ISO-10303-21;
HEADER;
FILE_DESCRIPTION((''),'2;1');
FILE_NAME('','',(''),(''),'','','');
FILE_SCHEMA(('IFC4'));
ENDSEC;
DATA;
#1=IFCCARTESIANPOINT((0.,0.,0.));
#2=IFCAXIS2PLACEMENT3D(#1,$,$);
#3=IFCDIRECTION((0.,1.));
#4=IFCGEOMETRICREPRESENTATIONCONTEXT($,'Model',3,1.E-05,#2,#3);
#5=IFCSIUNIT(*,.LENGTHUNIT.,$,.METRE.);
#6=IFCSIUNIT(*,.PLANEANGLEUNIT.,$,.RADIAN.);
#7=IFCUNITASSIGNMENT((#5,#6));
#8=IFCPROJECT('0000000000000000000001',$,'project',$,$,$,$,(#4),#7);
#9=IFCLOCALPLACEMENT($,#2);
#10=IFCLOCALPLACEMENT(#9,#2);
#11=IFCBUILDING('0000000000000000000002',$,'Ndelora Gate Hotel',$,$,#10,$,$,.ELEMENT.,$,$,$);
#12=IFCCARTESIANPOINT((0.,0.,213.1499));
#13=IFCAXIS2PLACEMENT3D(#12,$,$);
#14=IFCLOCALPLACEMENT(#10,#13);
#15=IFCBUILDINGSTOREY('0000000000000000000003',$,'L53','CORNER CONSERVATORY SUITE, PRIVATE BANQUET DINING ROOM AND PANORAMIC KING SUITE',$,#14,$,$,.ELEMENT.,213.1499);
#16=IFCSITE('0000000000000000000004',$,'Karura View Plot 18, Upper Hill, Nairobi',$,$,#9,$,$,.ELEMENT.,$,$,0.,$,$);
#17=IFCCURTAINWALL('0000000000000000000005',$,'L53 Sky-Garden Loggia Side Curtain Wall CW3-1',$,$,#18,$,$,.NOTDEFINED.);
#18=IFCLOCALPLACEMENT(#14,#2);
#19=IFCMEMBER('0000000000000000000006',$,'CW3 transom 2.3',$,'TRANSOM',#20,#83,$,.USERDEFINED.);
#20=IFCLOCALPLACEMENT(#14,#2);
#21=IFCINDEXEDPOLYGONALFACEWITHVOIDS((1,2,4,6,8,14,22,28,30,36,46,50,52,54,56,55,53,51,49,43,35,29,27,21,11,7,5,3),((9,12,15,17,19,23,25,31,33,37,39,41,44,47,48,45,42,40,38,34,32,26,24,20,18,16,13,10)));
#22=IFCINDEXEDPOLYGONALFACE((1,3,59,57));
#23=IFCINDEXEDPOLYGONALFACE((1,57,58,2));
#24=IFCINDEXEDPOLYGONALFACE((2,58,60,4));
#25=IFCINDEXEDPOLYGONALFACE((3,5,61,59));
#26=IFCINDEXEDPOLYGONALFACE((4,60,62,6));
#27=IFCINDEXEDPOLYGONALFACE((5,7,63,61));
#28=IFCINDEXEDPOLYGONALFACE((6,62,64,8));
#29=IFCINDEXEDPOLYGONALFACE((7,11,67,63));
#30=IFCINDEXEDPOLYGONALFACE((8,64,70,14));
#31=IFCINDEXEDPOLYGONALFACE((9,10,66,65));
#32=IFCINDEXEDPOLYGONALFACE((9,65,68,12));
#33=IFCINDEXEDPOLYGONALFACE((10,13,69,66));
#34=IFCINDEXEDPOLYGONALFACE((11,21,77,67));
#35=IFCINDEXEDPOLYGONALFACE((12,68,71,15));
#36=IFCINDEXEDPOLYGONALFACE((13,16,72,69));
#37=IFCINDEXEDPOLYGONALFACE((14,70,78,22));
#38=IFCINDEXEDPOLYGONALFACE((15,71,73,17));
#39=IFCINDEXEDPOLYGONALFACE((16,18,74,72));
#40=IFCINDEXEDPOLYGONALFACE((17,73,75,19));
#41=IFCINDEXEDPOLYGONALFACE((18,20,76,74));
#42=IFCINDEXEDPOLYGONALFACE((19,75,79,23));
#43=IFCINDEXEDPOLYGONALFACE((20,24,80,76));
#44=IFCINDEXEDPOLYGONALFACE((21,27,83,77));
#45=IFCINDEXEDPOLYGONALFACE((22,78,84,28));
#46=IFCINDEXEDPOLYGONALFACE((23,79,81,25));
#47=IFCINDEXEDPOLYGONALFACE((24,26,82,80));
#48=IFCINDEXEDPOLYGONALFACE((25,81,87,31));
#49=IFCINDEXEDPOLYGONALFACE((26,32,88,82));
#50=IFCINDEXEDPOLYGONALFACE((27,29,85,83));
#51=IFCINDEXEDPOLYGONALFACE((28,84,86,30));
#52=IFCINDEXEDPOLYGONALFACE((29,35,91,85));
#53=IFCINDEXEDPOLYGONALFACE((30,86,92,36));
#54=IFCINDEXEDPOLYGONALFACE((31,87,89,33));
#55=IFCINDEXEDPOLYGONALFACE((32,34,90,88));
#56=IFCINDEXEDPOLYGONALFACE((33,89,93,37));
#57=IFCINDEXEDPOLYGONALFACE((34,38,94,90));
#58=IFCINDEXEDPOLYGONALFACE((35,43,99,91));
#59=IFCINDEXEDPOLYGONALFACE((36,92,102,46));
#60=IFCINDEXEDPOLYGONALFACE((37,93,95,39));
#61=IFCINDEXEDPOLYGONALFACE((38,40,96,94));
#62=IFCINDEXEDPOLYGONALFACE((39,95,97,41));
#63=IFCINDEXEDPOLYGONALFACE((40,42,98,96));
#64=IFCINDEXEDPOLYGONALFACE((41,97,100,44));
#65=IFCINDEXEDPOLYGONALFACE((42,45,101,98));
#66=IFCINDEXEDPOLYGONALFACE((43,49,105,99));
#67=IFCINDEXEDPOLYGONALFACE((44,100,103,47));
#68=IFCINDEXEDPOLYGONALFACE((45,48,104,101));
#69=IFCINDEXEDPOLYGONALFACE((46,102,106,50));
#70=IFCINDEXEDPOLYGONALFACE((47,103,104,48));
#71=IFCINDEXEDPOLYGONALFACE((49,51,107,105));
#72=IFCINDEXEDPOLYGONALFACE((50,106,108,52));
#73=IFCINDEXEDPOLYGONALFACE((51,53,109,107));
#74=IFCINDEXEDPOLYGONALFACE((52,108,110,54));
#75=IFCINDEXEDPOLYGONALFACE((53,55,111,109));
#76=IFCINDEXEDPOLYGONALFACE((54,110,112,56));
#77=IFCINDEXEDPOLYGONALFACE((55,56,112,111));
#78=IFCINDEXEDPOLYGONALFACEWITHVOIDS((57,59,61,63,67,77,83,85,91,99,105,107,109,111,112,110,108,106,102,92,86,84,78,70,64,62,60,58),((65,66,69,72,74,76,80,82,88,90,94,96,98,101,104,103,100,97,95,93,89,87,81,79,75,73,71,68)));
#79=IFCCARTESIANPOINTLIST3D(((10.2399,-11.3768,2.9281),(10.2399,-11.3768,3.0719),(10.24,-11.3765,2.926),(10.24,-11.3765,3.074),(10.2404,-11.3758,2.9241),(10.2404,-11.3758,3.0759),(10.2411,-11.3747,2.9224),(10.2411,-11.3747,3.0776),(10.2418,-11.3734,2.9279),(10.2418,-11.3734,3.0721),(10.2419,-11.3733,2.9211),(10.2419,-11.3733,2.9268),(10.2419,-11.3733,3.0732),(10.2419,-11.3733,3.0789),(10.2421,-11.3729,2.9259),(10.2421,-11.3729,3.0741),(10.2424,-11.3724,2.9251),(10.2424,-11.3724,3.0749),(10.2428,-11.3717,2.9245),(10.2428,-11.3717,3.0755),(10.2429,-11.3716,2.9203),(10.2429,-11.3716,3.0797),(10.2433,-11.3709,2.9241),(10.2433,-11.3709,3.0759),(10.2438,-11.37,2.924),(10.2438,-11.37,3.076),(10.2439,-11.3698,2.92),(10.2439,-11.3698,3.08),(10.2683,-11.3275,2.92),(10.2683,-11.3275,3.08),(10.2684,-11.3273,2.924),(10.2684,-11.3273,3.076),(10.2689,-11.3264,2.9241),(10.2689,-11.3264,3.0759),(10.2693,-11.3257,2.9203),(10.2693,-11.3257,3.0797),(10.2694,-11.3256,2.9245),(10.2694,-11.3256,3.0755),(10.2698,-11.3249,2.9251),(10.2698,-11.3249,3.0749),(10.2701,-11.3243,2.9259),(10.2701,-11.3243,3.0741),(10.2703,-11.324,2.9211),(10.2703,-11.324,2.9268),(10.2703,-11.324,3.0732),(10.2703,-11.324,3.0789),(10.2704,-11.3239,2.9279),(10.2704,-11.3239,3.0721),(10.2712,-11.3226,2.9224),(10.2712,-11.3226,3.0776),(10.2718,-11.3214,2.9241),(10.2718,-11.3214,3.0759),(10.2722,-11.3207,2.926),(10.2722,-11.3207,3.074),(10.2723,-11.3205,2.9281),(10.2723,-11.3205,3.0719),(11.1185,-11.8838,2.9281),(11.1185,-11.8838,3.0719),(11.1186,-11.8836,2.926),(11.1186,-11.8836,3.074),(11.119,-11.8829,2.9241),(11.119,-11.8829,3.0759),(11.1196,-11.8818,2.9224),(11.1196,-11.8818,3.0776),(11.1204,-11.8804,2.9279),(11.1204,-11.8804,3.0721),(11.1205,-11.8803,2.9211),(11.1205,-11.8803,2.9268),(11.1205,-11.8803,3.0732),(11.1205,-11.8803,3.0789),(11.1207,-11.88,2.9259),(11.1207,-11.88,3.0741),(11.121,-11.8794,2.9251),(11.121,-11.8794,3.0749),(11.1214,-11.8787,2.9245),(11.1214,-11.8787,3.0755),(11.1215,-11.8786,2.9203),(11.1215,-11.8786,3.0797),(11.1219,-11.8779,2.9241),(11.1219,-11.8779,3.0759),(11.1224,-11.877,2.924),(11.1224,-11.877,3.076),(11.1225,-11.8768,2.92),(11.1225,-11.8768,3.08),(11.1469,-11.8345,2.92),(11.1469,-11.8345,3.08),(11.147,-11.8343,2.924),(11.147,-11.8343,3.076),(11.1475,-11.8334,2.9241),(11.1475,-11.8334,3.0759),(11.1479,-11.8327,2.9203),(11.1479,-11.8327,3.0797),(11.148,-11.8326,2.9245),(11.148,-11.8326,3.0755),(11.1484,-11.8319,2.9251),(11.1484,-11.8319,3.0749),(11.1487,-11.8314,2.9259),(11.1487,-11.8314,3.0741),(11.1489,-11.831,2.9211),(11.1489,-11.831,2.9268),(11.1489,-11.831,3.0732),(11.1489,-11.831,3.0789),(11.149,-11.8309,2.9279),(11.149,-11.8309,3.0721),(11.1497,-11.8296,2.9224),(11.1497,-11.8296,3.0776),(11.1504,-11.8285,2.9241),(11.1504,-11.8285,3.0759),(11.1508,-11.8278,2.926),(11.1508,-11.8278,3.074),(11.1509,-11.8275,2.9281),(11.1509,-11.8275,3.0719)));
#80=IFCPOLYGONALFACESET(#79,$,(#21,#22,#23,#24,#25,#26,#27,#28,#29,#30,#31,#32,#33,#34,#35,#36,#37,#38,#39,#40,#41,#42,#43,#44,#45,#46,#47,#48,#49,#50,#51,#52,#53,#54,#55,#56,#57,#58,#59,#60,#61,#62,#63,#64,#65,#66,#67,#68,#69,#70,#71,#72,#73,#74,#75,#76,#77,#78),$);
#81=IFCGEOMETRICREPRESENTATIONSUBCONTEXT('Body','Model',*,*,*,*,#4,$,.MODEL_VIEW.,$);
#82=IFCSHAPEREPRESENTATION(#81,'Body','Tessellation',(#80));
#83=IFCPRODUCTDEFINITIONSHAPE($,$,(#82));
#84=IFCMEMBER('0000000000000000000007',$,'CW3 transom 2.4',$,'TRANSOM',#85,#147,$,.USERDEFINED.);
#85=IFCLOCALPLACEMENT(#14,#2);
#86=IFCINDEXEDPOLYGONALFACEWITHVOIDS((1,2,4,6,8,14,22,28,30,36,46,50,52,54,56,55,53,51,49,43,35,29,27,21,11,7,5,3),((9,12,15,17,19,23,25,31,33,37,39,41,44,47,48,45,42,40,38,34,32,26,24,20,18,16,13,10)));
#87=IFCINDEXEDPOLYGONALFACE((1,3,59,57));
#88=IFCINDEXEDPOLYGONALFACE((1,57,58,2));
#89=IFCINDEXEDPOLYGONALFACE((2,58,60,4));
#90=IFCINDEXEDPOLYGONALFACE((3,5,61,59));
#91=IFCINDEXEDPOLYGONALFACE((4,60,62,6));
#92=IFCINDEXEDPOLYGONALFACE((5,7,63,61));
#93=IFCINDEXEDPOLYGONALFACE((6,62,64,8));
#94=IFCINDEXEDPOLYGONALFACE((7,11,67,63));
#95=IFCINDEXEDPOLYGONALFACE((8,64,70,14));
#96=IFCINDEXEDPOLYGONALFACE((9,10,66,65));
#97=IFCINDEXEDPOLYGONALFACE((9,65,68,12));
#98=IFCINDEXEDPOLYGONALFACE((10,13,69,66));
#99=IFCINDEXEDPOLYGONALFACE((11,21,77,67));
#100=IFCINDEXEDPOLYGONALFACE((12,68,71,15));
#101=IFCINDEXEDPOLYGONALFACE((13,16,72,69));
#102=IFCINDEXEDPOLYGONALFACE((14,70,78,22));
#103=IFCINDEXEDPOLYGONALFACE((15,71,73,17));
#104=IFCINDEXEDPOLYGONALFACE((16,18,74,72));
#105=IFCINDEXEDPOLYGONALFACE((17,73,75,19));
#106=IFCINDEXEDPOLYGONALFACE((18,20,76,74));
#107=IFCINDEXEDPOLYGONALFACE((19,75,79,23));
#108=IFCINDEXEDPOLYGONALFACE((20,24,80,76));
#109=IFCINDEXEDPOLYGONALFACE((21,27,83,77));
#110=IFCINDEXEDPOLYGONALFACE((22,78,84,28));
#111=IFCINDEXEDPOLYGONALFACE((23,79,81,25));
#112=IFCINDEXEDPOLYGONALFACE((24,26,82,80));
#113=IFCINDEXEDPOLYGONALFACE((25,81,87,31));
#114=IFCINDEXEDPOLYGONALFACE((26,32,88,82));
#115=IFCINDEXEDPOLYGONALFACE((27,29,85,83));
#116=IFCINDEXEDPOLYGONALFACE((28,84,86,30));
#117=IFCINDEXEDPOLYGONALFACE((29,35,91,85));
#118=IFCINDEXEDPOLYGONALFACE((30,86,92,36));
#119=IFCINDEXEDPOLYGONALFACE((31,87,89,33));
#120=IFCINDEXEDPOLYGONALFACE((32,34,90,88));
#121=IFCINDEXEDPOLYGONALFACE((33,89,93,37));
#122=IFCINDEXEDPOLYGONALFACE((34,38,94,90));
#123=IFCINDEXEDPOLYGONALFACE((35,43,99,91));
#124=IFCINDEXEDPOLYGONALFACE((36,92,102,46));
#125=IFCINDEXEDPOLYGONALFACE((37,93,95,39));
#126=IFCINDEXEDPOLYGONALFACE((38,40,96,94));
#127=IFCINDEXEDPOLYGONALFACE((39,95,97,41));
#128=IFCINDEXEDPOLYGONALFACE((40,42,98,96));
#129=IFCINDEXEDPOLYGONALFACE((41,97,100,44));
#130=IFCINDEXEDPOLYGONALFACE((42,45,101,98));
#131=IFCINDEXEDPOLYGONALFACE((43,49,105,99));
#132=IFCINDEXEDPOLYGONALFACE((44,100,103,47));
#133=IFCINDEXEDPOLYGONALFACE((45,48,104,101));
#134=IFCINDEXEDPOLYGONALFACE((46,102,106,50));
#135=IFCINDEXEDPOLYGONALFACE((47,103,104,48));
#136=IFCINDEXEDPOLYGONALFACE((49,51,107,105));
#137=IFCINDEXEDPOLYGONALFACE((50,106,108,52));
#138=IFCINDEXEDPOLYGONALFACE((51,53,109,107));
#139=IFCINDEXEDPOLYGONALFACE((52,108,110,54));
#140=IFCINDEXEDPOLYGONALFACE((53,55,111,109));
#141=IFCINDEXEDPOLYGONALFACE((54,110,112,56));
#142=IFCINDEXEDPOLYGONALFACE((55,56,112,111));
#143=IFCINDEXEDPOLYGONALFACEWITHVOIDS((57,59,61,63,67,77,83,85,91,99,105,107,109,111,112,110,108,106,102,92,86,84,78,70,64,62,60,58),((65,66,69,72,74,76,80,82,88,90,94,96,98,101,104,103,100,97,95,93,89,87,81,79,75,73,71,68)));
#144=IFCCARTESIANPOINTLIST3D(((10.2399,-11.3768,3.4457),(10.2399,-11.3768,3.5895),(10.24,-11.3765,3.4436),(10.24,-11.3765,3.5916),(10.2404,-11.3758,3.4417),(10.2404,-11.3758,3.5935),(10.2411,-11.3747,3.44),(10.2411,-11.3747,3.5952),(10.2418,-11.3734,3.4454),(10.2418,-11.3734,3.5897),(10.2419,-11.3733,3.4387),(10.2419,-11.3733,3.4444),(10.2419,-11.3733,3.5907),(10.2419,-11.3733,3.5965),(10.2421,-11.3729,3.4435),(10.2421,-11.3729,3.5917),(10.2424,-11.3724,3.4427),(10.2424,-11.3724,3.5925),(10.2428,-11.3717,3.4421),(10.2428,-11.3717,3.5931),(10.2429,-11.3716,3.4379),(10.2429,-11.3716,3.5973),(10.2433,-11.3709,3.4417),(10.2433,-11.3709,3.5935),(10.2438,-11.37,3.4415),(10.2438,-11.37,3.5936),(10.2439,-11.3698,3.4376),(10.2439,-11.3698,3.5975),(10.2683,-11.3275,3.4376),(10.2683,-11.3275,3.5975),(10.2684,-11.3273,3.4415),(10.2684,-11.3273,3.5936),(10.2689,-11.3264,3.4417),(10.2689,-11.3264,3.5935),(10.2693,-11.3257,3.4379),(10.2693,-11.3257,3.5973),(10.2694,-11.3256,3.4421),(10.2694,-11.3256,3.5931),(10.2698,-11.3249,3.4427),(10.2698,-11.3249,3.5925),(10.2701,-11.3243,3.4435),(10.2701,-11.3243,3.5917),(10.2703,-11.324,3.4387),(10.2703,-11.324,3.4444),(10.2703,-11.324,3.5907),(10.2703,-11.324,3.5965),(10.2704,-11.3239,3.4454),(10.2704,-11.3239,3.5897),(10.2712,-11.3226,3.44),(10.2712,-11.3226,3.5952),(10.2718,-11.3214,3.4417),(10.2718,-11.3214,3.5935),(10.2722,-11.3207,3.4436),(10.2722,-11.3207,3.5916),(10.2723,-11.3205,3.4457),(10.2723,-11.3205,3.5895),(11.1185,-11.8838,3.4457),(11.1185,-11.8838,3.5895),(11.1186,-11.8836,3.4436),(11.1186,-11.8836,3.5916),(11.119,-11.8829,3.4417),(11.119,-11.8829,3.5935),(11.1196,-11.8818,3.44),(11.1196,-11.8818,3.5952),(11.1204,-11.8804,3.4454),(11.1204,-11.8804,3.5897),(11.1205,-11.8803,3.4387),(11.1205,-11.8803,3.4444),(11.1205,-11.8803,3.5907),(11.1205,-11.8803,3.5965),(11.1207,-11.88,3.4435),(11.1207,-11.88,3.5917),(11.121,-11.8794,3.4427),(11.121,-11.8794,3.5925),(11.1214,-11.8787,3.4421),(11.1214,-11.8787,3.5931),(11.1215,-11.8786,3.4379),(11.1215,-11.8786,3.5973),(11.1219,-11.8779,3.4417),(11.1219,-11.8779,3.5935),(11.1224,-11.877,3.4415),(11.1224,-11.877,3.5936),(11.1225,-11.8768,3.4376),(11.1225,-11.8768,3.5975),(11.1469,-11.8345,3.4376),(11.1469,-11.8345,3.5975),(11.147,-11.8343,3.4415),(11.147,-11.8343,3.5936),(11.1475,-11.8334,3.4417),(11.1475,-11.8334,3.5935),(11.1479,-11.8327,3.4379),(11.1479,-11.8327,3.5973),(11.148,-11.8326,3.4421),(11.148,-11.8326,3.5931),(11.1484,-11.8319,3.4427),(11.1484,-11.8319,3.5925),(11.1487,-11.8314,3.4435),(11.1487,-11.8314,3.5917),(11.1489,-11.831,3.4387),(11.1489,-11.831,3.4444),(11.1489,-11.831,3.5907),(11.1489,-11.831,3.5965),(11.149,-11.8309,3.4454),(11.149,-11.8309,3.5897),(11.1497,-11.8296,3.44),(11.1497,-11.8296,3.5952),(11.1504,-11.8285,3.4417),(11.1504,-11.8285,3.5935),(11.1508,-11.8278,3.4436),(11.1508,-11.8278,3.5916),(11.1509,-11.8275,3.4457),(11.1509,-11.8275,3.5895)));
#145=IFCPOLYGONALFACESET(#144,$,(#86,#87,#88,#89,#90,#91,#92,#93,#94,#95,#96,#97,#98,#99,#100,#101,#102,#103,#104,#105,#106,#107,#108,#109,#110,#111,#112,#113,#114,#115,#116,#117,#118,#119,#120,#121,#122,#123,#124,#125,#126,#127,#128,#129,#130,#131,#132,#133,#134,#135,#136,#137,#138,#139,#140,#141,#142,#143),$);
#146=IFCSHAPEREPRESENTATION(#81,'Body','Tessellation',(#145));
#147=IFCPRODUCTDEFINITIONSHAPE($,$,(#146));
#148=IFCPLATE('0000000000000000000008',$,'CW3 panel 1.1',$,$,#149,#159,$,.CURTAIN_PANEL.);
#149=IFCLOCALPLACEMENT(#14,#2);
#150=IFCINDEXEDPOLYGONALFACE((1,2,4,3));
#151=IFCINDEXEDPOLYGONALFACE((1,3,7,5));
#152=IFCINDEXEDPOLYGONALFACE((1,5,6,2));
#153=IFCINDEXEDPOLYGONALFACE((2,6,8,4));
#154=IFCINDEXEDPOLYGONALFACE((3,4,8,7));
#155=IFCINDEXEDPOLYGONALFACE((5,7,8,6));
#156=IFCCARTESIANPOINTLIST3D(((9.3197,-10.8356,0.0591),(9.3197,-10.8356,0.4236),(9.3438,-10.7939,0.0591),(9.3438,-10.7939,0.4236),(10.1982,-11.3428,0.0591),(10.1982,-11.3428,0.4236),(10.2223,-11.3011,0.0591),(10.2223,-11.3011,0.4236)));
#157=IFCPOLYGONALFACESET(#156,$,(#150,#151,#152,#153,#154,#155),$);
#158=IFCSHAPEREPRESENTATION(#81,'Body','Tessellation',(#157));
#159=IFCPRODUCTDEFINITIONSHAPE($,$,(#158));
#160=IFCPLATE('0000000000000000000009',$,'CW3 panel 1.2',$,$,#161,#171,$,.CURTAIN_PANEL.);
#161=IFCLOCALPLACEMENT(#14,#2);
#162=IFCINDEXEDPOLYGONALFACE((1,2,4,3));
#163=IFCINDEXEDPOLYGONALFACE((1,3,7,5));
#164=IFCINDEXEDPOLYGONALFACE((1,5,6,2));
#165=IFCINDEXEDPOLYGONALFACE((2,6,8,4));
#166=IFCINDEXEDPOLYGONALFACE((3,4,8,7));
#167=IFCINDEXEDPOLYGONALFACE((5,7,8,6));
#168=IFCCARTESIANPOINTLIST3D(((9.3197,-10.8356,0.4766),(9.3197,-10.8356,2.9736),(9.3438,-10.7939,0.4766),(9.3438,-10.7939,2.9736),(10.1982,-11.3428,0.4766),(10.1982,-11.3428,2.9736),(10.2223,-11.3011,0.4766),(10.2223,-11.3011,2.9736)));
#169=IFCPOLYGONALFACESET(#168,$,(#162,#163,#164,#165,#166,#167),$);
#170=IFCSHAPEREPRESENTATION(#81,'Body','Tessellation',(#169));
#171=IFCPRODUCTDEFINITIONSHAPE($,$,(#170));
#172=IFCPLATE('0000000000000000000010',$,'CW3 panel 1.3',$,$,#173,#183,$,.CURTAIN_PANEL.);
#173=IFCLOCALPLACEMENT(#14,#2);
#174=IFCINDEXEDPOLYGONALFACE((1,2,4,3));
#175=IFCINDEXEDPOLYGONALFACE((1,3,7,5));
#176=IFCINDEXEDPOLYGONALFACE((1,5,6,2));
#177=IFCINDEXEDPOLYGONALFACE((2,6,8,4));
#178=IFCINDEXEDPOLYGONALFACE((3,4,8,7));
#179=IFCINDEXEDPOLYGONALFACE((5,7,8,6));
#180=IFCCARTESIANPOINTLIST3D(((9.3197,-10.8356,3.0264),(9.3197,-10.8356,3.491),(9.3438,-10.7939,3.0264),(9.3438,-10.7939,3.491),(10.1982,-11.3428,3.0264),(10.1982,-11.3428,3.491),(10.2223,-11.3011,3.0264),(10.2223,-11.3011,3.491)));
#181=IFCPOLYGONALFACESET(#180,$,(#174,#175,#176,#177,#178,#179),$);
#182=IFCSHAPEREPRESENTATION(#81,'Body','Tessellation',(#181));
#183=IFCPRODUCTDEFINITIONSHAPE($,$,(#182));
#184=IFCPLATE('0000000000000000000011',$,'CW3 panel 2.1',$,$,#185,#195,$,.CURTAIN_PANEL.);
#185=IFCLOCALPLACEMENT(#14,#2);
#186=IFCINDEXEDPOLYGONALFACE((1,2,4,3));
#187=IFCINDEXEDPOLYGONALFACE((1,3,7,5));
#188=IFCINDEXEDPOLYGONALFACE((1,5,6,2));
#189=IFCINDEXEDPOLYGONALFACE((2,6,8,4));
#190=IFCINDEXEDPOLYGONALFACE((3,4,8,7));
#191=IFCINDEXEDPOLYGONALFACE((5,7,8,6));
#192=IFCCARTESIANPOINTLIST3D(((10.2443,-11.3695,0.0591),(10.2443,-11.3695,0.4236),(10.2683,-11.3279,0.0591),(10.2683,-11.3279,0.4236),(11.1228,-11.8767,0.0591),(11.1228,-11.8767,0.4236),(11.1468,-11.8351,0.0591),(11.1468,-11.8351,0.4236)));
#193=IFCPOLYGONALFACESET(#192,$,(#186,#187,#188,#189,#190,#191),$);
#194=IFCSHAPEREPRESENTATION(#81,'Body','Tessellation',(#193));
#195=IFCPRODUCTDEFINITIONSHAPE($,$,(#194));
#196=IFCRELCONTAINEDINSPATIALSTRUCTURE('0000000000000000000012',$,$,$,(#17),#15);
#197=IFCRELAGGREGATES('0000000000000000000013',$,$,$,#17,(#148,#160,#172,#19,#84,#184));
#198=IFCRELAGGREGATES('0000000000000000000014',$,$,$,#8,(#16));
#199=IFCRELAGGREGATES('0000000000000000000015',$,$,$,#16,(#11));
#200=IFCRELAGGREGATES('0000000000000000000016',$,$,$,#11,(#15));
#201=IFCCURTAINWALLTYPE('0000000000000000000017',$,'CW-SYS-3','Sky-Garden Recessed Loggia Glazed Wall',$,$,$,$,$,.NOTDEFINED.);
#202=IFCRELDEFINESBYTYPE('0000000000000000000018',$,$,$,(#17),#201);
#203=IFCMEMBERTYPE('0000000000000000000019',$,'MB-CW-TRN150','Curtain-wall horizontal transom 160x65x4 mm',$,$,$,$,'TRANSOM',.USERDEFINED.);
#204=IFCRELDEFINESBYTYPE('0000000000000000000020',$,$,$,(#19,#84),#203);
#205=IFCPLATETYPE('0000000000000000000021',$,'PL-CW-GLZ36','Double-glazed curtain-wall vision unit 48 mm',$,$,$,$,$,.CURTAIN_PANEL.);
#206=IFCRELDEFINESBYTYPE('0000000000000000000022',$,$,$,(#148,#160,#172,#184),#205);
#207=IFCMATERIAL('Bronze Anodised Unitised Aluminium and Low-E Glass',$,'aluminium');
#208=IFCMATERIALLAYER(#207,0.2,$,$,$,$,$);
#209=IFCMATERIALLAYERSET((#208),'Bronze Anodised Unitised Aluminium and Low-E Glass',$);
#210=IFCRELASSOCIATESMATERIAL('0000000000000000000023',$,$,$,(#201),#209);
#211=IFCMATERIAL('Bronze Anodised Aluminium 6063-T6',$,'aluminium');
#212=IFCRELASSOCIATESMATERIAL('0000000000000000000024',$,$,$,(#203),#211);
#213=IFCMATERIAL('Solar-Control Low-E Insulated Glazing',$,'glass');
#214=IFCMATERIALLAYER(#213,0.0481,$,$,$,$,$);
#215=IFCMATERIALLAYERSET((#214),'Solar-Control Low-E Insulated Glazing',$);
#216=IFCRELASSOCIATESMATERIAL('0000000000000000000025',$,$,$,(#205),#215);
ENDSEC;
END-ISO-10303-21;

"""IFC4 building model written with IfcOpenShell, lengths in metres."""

from ifc_helpers import new_model, si_unit, direction, frame, origin, origin_2d, place, context, subcontext, project, spatial, rectangle, hollow_rectangle, extrude, material, layer, layer_set, material_profile, profile_set, type_object, element, aggregate, save


model = new_model("IFC4")

# Units and contexts
model_context = context("Model", 3, precision=1e-05, world=origin(), true_north=direction((0.0, 1.0)))
body_context = subcontext(model_context, "Body", "Model", "MODEL_VIEW")
ifc_project = project(units=[si_unit("LENGTHUNIT", "METRE"), si_unit("PLANEANGLEUNIT", "RADIAN")], contexts=[model_context])

# Site, building, storey
site_placement = place(None, origin())
site = spatial("IfcSite", under=ifc_project, at=site_placement, Name="Karura View Plot 18, Upper Hill, Nairobi", CompositionType="ELEMENT", RefElevation=0.0)
building_placement = place(site_placement, origin())
building = spatial("IfcBuilding", under=site, at=building_placement, Name="Ndelora Gate Hotel", CompositionType="ELEMENT")
storey_placement = place(building_placement, frame((0.0, 0.0, 213.1499)))
storey = spatial("IfcBuildingStorey", under=building, at=storey_placement, Name="L53", Description="CORNER CONSERVATORY SUITE, PRIVATE BANQUET DINING ROOM AND PANORAMIC KING SUITE", CompositionType="ELEMENT", Elevation=213.1499)

# Curtain wall, members, plates
ifc_material_1 = material(Name="Bronze Anodised Unitised Aluminium and Low-E Glass", Category="aluminium")
ifc_layer_1 = layer(ifc_material_1, 0.2)
ifc_layer_set_1 = layer_set([ifc_layer_1], Name="Bronze Anodised Unitised Aluminium and Low-E Glass")
curtain_wall_type = type_object("IfcCurtainWallType", Name="CW-SYS-3", Description="Sky-Garden Recessed Loggia Glazed Wall", PredefinedType="NOTDEFINED", material=ifc_layer_set_1)
curtain_wall_placement = place(storey_placement, origin())
curtain_wall = element("IfcCurtainWall", 1, at=curtain_wall_placement, inside=storey, type_object=curtain_wall_type, Name="L53 Sky-Garden Loggia Side Curtain Wall CW3-1", PredefinedType="NOTDEFINED")
ifc_material_2 = material(Name="Bronze Anodised Aluminium 6063-T6", Category="aluminium")
ifc_material_profile_1 = material_profile(ifc_material_2, hollow_rectangle(XDim=0.0649, YDim=0.1599, WallThickness=0.0039, InnerFilletRadius=0.0039, OuterFilletRadius=0.0081, at=origin_2d()), Name="ALU 160x65x4")
ifc_profile_set_1 = profile_set([ifc_material_profile_1], Name="Bronze Anodised Aluminium 6063-T6")
member_type_1 = type_object("IfcMemberType", Name="MB-CW-TRN150", Description="Curtain-wall horizontal transom 160x65x4 mm", ElementType="TRANSOM", PredefinedType="USERDEFINED", material=ifc_profile_set_1)
member_1_placement = place(storey_placement, frame((10.2561, -11.3486, 3.0), z_axis=(0.866117, -0.499841, 0.0), x_axis=(0.499841, 0.866117, 0.0)))
member_1 = element("IfcMember", 2, at=member_1_placement, type_object=member_type_1, Name="CW3 transom 2.3", ObjectType="TRANSOM", PredefinedType="USERDEFINED", context=body_context, shape_type="SweptSolid", body=[
    extrude(hollow_rectangle(XDim=0.0649, YDim=0.1599, WallThickness=0.0039, InnerFilletRadius=0.0039, OuterFilletRadius=0.0081, at=origin_2d()), origin(), (0.0, 0.0, 1.0), 1.0144),
])
member_2_placement = place(storey_placement, frame((10.2561, -11.3486, 3.5176), z_axis=(0.866117, -0.499841, 0.0), x_axis=(0.499841, 0.866117, 0.0)))
member_2 = element("IfcMember", 3, at=member_2_placement, type_object=member_type_1, Name="CW3 transom 2.4", ObjectType="TRANSOM", PredefinedType="USERDEFINED", context=body_context, shape_type="SweptSolid", body=[
    extrude(hollow_rectangle(XDim=0.0649, YDim=0.1599, WallThickness=0.0039, InnerFilletRadius=0.0039, OuterFilletRadius=0.0081, at=origin_2d()), origin(), (0.0, 0.0, 1.0), 1.0144),
])
ifc_material_3 = material(Name="Solar-Control Low-E Insulated Glazing", Category="glass")
ifc_layer_2 = layer(ifc_material_3, 0.0481)
ifc_layer_set_2 = layer_set([ifc_layer_2], Name="Solar-Control Low-E Insulated Glazing")
plate_type = type_object("IfcPlateType", Name="PL-CW-GLZ36", Description="Double-glazed curtain-wall vision unit 48 mm", PredefinedType="CURTAIN_PANEL", material=ifc_layer_set_2)
plate_1_placement = place(storey_placement, frame((9.771, -11.0684, 0.0591), z_axis=(0.0, 0.0, 1.0), x_axis=(0.86603, -0.499991, 0.0)))
plate_1 = element("IfcPlate", 4, at=plate_1_placement, type_object=plate_type, Name="CW3 panel 1.1", PredefinedType="CURTAIN_PANEL", context=body_context, shape_type="SweptSolid", body=[
    extrude(rectangle(XDim=1.0144, YDim=0.0481, at=origin_2d()), origin(), (0.0, 0.0, 1.0), 0.3645),
])
plate_2_placement = place(storey_placement, frame((9.771, -11.0684, 0.4766), z_axis=(0.0, 0.0, 1.0), x_axis=(0.86603, -0.499991, 0.0)))
plate_2 = element("IfcPlate", 5, at=plate_2_placement, type_object=plate_type, Name="CW3 panel 1.2", PredefinedType="CURTAIN_PANEL", context=body_context, shape_type="SweptSolid", body=[
    extrude(rectangle(XDim=1.0144, YDim=0.0481, at=origin_2d()), origin(), (0.0, 0.0, 1.0), 2.4971),
])
plate_3_placement = place(storey_placement, frame((9.771, -11.0684, 3.0264), z_axis=(0.0, 0.0, 1.0), x_axis=(0.86603, -0.499991, 0.0)))
plate_3 = element("IfcPlate", 6, at=plate_3_placement, type_object=plate_type, Name="CW3 panel 1.3", PredefinedType="CURTAIN_PANEL", context=body_context, shape_type="SweptSolid", body=[
    extrude(rectangle(XDim=1.0144, YDim=0.0481, at=origin_2d()), origin(), (0.0, 0.0, 1.0), 0.4646),
])
plate_4_placement = place(storey_placement, frame((10.6956, -11.6023, 0.0591), z_axis=(0.0, 0.0, 1.0), x_axis=(0.86603, -0.499991, 0.0)))
plate_4 = element("IfcPlate", 7, at=plate_4_placement, type_object=plate_type, Name="CW3 panel 2.1", PredefinedType="CURTAIN_PANEL", context=body_context, shape_type="SweptSolid", body=[
    extrude(rectangle(XDim=1.0144, YDim=0.0481, at=origin_2d()), origin(), (0.0, 0.0, 1.0), 0.3645),
])
aggregate(curtain_wall, [plate_1, plate_2, plate_3, member_1, member_2, plate_4])

save(model, "model.ifc")
